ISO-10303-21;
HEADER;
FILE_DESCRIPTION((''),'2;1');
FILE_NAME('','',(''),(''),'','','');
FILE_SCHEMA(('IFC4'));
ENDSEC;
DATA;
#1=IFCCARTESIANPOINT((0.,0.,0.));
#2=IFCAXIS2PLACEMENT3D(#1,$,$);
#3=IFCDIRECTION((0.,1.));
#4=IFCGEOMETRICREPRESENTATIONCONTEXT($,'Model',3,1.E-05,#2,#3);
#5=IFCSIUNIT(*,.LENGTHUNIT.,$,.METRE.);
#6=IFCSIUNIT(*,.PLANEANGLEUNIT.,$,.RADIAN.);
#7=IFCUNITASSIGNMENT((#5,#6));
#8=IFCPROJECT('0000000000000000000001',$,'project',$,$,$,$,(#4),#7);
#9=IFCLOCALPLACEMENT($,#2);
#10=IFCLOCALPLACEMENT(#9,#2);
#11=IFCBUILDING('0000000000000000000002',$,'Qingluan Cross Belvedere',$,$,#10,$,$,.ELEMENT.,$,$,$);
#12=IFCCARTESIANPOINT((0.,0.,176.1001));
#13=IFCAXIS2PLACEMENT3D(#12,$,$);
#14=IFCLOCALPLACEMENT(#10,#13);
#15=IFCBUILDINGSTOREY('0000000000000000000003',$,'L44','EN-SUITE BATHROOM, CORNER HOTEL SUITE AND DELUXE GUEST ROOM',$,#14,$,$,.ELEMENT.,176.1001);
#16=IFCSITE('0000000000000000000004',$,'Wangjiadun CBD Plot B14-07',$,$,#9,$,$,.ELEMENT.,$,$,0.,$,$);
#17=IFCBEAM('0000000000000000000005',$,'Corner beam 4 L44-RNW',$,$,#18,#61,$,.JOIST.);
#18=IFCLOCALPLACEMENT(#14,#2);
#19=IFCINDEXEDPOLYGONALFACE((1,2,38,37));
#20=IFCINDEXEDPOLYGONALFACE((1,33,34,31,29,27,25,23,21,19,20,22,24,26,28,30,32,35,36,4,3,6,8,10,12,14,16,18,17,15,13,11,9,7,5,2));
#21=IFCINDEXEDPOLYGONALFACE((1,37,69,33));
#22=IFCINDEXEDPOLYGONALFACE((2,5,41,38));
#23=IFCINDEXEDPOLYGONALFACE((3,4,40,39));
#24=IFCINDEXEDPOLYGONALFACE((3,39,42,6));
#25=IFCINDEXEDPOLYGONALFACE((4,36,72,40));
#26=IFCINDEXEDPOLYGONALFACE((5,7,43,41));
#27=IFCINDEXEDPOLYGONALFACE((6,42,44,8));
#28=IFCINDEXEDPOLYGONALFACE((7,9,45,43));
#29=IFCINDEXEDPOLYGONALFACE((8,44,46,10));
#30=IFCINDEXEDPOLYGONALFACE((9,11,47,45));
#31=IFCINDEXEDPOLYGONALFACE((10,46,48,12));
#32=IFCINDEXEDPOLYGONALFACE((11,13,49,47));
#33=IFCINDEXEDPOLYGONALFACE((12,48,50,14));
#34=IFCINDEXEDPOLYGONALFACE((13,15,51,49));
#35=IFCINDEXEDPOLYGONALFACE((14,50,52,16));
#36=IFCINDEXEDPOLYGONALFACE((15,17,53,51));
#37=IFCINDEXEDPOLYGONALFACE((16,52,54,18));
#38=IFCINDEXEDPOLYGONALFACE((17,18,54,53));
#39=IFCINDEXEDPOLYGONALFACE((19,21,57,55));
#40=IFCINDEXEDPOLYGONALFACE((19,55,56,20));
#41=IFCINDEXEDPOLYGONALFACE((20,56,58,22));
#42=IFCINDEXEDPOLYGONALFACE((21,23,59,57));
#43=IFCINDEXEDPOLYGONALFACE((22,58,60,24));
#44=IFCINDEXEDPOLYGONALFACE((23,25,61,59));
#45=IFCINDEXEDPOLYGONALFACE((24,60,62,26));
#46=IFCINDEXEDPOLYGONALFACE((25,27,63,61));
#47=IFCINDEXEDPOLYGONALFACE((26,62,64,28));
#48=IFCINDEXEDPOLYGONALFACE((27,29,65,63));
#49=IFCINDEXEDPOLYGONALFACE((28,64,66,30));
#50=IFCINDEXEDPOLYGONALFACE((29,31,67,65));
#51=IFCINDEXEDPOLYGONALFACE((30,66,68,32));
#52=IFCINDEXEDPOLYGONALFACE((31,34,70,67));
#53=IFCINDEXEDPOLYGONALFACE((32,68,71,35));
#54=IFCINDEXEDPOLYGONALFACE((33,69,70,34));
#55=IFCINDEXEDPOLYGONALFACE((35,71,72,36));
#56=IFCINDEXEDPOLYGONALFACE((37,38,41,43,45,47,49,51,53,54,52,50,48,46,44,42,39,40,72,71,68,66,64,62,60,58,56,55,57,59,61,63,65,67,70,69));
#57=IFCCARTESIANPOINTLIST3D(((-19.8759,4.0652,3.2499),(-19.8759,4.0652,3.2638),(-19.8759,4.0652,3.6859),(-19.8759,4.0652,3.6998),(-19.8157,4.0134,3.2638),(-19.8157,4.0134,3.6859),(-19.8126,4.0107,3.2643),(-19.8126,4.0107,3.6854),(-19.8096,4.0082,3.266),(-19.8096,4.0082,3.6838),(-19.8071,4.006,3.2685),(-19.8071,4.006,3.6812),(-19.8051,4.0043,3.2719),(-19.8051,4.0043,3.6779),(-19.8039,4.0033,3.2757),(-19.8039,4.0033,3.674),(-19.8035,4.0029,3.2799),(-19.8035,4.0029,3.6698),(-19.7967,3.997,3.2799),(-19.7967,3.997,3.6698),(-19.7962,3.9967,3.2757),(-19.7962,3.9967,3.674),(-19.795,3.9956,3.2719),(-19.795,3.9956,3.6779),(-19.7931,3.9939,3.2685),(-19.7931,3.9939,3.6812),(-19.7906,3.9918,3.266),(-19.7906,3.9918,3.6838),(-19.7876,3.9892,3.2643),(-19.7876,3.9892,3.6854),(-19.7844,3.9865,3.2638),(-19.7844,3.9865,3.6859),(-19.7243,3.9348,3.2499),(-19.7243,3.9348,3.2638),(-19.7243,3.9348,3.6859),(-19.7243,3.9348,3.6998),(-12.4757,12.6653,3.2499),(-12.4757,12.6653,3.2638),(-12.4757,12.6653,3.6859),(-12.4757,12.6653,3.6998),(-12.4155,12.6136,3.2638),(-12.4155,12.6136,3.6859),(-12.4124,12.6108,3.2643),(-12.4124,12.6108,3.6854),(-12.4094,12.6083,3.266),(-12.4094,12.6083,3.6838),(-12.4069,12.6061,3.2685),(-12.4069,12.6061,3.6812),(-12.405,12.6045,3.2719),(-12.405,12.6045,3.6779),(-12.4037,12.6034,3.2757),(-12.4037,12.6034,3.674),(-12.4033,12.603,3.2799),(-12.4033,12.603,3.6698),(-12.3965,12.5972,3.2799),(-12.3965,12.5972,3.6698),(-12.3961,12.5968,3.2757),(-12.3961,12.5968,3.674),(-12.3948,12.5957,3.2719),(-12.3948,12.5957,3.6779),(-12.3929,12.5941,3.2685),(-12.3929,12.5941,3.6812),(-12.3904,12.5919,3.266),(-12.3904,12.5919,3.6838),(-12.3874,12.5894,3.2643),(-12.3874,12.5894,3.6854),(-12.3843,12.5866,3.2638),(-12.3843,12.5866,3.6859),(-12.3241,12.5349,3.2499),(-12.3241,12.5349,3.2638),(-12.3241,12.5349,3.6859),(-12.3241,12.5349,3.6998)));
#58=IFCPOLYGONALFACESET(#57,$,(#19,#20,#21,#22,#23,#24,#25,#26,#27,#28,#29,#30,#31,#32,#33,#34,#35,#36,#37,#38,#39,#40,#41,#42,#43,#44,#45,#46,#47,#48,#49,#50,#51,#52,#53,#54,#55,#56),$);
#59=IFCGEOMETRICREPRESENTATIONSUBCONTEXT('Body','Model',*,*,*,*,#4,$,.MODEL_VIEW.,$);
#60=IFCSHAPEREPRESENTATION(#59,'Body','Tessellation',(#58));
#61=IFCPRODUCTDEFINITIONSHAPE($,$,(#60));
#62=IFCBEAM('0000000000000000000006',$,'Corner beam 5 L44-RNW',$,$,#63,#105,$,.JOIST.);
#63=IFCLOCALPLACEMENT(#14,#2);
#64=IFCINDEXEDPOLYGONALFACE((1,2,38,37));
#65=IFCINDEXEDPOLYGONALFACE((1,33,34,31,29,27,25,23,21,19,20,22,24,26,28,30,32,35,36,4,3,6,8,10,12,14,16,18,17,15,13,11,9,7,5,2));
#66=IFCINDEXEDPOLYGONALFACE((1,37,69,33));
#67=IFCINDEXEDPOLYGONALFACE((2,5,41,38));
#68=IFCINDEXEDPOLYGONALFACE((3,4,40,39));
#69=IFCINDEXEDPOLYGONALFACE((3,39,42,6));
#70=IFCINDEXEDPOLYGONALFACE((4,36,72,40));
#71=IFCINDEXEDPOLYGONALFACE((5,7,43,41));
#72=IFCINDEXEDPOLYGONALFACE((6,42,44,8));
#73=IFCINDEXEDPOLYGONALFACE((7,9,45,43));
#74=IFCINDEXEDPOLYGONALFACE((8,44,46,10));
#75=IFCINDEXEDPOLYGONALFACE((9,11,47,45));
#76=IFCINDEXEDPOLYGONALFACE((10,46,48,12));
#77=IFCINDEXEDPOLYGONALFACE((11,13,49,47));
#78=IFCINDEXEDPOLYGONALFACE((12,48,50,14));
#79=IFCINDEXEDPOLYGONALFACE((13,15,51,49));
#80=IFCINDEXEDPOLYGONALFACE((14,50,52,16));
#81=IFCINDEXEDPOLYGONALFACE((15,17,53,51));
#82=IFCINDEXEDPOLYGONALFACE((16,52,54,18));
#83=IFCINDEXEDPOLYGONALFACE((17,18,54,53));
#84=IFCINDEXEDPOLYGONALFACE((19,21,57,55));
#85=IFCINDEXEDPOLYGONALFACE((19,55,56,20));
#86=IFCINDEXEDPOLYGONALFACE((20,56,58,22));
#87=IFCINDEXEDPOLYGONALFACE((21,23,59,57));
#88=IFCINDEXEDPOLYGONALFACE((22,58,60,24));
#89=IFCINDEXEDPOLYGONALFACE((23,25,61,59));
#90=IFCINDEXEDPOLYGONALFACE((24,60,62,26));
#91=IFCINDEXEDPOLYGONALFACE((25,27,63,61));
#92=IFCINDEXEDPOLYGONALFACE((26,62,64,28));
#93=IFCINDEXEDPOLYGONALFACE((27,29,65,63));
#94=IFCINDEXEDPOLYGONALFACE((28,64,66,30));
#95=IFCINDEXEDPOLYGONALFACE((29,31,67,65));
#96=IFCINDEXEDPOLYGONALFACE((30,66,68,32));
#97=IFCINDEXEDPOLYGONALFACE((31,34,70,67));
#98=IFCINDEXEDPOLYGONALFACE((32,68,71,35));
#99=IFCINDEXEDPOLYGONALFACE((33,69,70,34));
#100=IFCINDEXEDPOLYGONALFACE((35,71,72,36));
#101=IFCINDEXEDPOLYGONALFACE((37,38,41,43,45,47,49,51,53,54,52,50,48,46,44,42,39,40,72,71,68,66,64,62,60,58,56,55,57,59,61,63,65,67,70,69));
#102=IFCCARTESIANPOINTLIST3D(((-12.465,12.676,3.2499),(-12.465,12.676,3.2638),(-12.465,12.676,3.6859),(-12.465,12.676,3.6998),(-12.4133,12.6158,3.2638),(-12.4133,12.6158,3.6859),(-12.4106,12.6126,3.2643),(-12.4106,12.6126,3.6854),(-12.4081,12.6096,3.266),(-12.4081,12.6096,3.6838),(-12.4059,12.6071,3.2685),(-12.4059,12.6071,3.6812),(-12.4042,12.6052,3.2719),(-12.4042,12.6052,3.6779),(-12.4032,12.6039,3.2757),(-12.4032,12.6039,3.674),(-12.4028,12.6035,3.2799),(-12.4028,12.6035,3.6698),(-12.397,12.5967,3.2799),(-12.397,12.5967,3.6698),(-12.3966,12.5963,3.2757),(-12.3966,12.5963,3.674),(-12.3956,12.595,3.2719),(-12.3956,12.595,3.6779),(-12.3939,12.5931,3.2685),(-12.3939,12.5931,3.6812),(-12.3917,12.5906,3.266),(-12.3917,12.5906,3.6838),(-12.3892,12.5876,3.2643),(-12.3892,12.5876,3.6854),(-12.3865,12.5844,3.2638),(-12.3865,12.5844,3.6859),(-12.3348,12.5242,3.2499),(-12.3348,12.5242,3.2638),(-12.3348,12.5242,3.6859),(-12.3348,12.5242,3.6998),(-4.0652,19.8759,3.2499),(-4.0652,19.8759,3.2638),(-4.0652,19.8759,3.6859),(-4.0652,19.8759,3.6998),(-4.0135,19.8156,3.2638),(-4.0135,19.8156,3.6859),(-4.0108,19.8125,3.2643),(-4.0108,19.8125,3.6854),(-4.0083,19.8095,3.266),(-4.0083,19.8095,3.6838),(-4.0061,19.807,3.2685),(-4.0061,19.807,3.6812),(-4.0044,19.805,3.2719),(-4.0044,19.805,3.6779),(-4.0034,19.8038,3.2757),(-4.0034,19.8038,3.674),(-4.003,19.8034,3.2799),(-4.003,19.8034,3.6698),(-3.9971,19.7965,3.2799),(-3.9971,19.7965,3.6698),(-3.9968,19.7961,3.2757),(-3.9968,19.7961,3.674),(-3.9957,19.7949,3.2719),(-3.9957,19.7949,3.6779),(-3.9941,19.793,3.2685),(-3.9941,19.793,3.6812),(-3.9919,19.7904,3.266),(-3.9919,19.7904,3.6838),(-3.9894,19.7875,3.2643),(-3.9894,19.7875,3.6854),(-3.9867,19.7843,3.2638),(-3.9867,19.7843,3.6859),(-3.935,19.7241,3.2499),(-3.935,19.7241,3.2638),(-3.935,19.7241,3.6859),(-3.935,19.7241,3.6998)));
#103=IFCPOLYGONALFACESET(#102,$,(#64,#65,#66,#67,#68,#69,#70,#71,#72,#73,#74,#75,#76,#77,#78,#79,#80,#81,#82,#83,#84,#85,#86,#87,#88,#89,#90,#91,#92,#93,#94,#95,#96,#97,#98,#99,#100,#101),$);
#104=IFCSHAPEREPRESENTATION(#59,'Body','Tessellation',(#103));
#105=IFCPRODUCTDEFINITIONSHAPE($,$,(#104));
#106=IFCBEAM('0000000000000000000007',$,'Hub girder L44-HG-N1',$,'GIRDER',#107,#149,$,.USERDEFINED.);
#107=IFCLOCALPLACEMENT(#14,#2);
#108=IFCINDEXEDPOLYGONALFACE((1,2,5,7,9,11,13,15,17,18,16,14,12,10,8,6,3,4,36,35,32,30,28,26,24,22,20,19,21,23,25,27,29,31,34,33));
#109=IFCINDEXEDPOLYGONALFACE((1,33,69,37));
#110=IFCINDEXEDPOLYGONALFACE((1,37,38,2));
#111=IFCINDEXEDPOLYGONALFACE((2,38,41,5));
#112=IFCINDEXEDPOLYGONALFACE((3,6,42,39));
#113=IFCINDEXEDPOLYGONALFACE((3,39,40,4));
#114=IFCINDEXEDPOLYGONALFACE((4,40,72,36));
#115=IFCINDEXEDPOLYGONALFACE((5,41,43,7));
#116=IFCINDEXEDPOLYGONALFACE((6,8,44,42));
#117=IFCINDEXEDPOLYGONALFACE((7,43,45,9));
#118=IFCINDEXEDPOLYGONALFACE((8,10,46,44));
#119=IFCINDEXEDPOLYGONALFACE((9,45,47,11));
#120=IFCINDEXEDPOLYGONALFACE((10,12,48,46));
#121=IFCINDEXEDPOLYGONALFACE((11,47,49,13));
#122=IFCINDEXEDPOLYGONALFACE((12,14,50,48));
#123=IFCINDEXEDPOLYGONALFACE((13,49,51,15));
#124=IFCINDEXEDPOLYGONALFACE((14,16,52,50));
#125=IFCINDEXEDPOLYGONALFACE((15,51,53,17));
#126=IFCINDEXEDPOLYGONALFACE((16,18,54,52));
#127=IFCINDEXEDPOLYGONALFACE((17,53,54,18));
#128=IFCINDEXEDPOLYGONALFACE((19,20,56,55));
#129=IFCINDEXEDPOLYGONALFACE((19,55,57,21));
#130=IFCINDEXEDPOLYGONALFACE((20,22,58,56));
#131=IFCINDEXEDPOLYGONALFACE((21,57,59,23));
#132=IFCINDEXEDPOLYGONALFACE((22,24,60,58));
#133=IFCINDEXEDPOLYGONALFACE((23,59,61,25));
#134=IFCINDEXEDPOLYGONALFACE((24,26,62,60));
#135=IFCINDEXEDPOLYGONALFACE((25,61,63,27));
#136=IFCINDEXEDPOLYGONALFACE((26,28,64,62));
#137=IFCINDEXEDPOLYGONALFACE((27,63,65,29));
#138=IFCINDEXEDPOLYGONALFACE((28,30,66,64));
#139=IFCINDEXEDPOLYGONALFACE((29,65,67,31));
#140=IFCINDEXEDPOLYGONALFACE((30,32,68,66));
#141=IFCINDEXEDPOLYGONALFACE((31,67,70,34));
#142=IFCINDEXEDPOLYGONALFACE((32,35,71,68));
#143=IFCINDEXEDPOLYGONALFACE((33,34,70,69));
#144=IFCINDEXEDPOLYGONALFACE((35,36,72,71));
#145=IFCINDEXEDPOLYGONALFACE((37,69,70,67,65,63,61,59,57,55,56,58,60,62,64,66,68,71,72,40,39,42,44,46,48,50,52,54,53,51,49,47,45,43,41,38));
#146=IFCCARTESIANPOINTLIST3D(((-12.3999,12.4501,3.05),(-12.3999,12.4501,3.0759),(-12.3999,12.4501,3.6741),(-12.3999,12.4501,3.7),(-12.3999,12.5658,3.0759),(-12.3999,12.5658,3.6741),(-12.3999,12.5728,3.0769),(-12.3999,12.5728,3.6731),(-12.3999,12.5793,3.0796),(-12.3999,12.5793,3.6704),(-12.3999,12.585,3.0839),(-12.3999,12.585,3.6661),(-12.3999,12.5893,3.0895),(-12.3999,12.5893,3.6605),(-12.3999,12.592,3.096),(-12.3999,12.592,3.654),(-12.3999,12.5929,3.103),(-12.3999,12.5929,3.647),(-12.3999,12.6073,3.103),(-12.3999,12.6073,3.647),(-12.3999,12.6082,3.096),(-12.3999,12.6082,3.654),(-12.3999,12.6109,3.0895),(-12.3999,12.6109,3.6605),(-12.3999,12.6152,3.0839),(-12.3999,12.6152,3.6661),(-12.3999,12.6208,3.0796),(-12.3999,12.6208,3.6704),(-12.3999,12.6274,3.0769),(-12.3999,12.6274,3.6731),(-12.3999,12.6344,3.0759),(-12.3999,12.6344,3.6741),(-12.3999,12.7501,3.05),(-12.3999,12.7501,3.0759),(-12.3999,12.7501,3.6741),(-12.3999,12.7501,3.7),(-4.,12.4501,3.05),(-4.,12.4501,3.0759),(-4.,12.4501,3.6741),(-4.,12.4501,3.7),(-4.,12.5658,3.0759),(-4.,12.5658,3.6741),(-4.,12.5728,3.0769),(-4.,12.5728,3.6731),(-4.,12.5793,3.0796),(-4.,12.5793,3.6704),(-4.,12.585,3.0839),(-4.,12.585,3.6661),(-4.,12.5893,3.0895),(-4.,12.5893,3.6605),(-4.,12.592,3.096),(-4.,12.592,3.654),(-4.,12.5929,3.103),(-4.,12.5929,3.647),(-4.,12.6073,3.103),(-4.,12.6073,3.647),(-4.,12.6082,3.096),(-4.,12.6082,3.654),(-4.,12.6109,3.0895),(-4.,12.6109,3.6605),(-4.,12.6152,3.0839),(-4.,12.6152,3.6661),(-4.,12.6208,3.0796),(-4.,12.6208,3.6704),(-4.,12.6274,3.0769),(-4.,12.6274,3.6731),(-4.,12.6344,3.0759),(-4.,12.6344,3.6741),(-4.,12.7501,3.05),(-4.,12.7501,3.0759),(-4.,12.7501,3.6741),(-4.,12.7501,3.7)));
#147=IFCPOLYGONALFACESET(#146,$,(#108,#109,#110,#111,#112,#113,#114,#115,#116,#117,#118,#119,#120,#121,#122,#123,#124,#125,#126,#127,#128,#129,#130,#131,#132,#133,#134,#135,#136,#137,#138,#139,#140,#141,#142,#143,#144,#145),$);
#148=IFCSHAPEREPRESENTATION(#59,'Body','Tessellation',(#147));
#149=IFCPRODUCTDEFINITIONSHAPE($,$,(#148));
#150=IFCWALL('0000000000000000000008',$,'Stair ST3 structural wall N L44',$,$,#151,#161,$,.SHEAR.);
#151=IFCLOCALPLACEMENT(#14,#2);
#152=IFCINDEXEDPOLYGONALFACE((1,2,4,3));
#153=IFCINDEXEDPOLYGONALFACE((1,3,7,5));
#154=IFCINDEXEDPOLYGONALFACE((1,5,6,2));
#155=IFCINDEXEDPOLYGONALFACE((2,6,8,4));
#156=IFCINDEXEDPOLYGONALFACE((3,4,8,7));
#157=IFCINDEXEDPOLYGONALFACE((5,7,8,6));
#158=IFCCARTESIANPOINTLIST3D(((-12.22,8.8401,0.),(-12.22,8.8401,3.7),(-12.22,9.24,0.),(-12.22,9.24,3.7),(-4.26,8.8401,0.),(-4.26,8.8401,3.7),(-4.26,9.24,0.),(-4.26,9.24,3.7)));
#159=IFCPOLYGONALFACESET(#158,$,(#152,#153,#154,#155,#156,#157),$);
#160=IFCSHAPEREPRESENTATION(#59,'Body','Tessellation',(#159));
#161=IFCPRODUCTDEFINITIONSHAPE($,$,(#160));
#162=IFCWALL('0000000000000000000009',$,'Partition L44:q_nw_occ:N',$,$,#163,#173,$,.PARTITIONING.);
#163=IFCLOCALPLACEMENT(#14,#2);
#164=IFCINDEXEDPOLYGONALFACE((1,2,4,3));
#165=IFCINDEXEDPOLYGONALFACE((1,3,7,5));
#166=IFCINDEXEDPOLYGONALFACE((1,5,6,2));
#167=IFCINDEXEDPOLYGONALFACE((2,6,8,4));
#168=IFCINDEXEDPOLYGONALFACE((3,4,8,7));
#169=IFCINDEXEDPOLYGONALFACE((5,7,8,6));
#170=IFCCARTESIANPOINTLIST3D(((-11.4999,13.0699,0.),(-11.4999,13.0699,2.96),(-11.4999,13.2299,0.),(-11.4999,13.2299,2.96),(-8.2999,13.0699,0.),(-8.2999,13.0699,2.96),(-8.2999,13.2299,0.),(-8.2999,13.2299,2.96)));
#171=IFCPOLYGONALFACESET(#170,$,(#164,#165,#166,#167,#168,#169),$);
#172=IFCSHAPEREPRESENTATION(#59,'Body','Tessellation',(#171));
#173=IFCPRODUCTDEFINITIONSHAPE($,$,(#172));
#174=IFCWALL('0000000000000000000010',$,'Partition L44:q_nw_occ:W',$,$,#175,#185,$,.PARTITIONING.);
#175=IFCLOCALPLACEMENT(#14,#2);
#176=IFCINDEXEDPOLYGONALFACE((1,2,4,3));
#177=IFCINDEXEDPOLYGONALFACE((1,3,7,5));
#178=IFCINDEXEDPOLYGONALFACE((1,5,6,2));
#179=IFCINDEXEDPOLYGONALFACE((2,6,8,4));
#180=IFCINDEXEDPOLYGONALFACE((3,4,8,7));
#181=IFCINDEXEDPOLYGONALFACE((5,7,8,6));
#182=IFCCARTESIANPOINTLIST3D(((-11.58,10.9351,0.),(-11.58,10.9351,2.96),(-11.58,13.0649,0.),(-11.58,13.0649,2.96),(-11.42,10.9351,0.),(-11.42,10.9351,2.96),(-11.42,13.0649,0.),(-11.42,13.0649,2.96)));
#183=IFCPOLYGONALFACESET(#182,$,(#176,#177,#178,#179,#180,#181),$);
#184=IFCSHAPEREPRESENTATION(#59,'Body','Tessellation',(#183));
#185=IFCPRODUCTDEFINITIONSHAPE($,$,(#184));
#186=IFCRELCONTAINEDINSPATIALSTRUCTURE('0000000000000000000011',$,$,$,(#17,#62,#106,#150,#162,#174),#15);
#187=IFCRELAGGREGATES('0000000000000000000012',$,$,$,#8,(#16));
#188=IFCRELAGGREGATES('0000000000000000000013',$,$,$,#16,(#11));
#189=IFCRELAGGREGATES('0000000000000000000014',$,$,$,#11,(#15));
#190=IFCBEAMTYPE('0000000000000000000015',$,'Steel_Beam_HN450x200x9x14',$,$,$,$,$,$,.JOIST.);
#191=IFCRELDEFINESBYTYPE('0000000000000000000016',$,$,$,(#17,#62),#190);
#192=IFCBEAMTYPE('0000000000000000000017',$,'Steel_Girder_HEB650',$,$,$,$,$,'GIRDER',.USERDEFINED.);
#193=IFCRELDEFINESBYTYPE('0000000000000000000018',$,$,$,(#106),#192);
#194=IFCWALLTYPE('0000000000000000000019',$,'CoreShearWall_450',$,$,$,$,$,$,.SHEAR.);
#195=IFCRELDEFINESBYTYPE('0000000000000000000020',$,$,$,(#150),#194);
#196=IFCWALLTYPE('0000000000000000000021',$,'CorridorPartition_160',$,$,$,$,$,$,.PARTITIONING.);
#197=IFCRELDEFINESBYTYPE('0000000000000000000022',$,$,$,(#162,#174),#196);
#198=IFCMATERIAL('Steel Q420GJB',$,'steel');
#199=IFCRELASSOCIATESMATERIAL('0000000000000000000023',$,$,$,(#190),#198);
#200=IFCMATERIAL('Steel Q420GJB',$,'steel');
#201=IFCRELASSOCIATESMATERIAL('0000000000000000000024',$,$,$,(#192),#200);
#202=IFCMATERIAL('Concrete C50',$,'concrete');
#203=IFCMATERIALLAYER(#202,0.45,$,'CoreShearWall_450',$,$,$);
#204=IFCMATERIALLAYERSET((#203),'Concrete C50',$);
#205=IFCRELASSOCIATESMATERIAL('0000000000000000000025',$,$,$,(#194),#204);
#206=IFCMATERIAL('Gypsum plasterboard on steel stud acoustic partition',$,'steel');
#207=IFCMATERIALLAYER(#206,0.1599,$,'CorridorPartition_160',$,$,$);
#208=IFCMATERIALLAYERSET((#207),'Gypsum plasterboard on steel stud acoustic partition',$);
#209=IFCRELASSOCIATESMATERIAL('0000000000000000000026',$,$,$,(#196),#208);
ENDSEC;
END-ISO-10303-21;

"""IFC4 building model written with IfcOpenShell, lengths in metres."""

from ifc_helpers import new_model, si_unit, direction, frame, frame_2d, origin, origin_2d, place, context, subcontext, project, spatial, rectangle, i_section, extrude, material, layer, layer_set, material_profile, profile_set, type_object, element, save


model = new_model("IFC4")

# Units and contexts
model_context = context("Model", 3, precision=1e-05, world=origin(), true_north=direction((0.0, 1.0)))
body_context = subcontext(model_context, "Body", "Model", "MODEL_VIEW")
ifc_project = project(units=[si_unit("LENGTHUNIT", "METRE"), si_unit("PLANEANGLEUNIT", "RADIAN")], contexts=[model_context])

# Site, building, storey
site_placement = place(None, origin())
site = spatial("IfcSite", under=ifc_project, at=site_placement, Name="Wangjiadun CBD Plot B14-07", CompositionType="ELEMENT", RefElevation=0.0)
building_placement = place(site_placement, origin())
building = spatial("IfcBuilding", under=site, at=building_placement, Name="Qingluan Cross Belvedere", CompositionType="ELEMENT")
storey_placement = place(building_placement, frame((0.0, 0.0, 176.1001)))
storey = spatial("IfcBuildingStorey", under=building, at=storey_placement, Name="L44", Description="EN-SUITE BATHROOM, CORNER HOTEL SUITE AND DELUXE GUEST ROOM", CompositionType="ELEMENT", Elevation=176.1001)

# Beams
ifc_material_1 = material(Name="Steel Q420GJB", Category="steel")
ifc_material_profile_1 = material_profile(ifc_material_1, i_section(OverallWidth=0.2, OverallDepth=0.45, WebThickness=0.009, FlangeThickness=0.0139, FilletRadius=0.0161, at=origin_2d()), Name="HN450x200x9x14")
ifc_profile_set_1 = profile_set([ifc_material_profile_1], Name="Steel Q420GJB")
beam_type_1 = type_object("IfcBeamType", Name="Steel_Beam_HN450x200x9x14", PredefinedType="JOIST", material=ifc_profile_set_1)
beam_1_placement = place(storey_placement, frame((-12.3999, 12.6001, 3.4749), z_axis=(-0.652245, -0.758008, 0.0), x_axis=(0.758008, -0.652245, 0.0)))
element("IfcBeam", 1, at=beam_1_placement, inside=storey, type_object=beam_type_1, Name="Corner beam 4 L44-RNW", PredefinedType="JOIST", context=body_context, shape_type="SweptSolid", body=[
    extrude(i_section(OverallWidth=0.2, OverallDepth=0.45, WebThickness=0.009, FlangeThickness=0.0139, FilletRadius=0.0161, at=origin_2d()), origin(), (0.0, 0.0, 1.0), 11.3457),
])
beam_2_placement = place(storey_placement, frame((-12.3999, 12.6001, 3.4749), z_axis=(0.759255, 0.650793, 0.0), x_axis=(-0.650793, 0.759255, 0.0)))
element("IfcBeam", 2, at=beam_2_placement, inside=storey, type_object=beam_type_1, Name="Corner beam 5 L44-RNW", PredefinedType="JOIST", context=body_context, shape_type="SweptSolid", body=[
    extrude(i_section(OverallWidth=0.2, OverallDepth=0.45, WebThickness=0.009, FlangeThickness=0.0139, FilletRadius=0.0161, at=origin_2d()), origin(), (0.0, 0.0, 1.0), 11.0632),
])
ifc_material_2 = material(Name="Steel Q420GJB", Category="steel")
ifc_material_profile_2 = material_profile(ifc_material_2, i_section(OverallWidth=0.3, OverallDepth=0.6499, WebThickness=0.0144, FlangeThickness=0.0259, FilletRadius=0.0271, at=origin_2d()), Name="HEB650")
ifc_profile_set_2 = profile_set([ifc_material_profile_2], Name="Steel Q420GJB")
beam_type_2 = type_object("IfcBeamType", Name="Steel_Girder_HEB650", ElementType="GIRDER", PredefinedType="USERDEFINED", material=ifc_profile_set_2)
beam_3_placement = place(storey_placement, frame((-12.3999, 12.6001, 3.375), z_axis=(1.0, 0.0, 0.0), x_axis=(0.0, 1.0, 0.0)))
element("IfcBeam", 3, at=beam_3_placement, inside=storey, type_object=beam_type_2, Name="Hub girder L44-HG-N1", ObjectType="GIRDER", PredefinedType="USERDEFINED", context=body_context, shape_type="SweptSolid", body=[
    extrude(i_section(OverallWidth=0.3, OverallDepth=0.6499, WebThickness=0.0144, FlangeThickness=0.0259, FilletRadius=0.0271, at=origin_2d()), origin(), (0.0, 0.0, 1.0), 8.3999),
])

# Wall
ifc_material_3 = material(Name="Concrete C50", Category="concrete")
ifc_layer_1 = layer(ifc_material_3, 0.45, Name="CoreShearWall_450")
ifc_layer_set_1 = layer_set([ifc_layer_1], Name="Concrete C50")
wall_type_1 = type_object("IfcWallType", Name="CoreShearWall_450", PredefinedType="SHEAR", material=ifc_layer_set_1)
wall_1_placement = place(storey_placement, frame((-12.22, 9.04, 0.0), z_axis=(0.0, 0.0, 1.0), x_axis=(1.0, 0.0, 0.0)))
element("IfcWall", 4, at=wall_1_placement, inside=storey, type_object=wall_type_1, Name="Stair ST3 structural wall N L44", PredefinedType="SHEAR", context=body_context, shape_type="SweptSolid", body=[
    extrude(rectangle(XDim=7.96, YDim=0.3999, at=frame_2d((3.98, 0.0))), origin(), (0.0, 0.0, 1.0), 3.7),
])

# Shared definitions
ifc_material_4 = material(Name="Gypsum plasterboard on steel stud acoustic partition", Category="steel")
ifc_layer_2 = layer(ifc_material_4, 0.1599, Name="CorridorPartition_160")
ifc_layer_set_2 = layer_set([ifc_layer_2], Name="Gypsum plasterboard on steel stud acoustic partition")
wall_type_2 = type_object("IfcWallType", Name="CorridorPartition_160", PredefinedType="PARTITIONING", material=ifc_layer_set_2)

# Walls
wall_2_placement = place(storey_placement, frame((-11.5, 13.1499, 0.0), z_axis=(0.0, 0.0, 1.0), x_axis=(1.0, 0.0, 0.0)))
element("IfcWall", 5, at=wall_2_placement, inside=storey, type_object=wall_type_2, Name="Partition L44:q_nw_occ:N", PredefinedType="PARTITIONING", context=body_context, shape_type="SweptSolid", body=[
    extrude(rectangle(XDim=3.2, YDim=0.1599, at=frame_2d((1.6001, 0.0))), origin(), (0.0, 0.0, 1.0), 2.96),
])
for number, where, z_axis, x_axis, name in (
    (6, (-11.5, 10.9351, 0.0), (0.0, 0.0, 1.0), (0.0, 1.0, 0.0), "Partition L44:q_nw_occ:W"),
):
    element("IfcWall", number, at=place(storey_placement, frame(where, z_axis=z_axis, x_axis=x_axis)), inside=storey, type_object=wall_type_2, Name=name, PredefinedType="PARTITIONING", context=body_context, shape_type="SweptSolid", body=[
        extrude(rectangle(XDim=2.1299, YDim=0.1599, at=frame_2d((1.0649, 0.0))), origin(), (0.0, 0.0, 1.0), 2.96),
    ])

save(model, "model.ifc")
